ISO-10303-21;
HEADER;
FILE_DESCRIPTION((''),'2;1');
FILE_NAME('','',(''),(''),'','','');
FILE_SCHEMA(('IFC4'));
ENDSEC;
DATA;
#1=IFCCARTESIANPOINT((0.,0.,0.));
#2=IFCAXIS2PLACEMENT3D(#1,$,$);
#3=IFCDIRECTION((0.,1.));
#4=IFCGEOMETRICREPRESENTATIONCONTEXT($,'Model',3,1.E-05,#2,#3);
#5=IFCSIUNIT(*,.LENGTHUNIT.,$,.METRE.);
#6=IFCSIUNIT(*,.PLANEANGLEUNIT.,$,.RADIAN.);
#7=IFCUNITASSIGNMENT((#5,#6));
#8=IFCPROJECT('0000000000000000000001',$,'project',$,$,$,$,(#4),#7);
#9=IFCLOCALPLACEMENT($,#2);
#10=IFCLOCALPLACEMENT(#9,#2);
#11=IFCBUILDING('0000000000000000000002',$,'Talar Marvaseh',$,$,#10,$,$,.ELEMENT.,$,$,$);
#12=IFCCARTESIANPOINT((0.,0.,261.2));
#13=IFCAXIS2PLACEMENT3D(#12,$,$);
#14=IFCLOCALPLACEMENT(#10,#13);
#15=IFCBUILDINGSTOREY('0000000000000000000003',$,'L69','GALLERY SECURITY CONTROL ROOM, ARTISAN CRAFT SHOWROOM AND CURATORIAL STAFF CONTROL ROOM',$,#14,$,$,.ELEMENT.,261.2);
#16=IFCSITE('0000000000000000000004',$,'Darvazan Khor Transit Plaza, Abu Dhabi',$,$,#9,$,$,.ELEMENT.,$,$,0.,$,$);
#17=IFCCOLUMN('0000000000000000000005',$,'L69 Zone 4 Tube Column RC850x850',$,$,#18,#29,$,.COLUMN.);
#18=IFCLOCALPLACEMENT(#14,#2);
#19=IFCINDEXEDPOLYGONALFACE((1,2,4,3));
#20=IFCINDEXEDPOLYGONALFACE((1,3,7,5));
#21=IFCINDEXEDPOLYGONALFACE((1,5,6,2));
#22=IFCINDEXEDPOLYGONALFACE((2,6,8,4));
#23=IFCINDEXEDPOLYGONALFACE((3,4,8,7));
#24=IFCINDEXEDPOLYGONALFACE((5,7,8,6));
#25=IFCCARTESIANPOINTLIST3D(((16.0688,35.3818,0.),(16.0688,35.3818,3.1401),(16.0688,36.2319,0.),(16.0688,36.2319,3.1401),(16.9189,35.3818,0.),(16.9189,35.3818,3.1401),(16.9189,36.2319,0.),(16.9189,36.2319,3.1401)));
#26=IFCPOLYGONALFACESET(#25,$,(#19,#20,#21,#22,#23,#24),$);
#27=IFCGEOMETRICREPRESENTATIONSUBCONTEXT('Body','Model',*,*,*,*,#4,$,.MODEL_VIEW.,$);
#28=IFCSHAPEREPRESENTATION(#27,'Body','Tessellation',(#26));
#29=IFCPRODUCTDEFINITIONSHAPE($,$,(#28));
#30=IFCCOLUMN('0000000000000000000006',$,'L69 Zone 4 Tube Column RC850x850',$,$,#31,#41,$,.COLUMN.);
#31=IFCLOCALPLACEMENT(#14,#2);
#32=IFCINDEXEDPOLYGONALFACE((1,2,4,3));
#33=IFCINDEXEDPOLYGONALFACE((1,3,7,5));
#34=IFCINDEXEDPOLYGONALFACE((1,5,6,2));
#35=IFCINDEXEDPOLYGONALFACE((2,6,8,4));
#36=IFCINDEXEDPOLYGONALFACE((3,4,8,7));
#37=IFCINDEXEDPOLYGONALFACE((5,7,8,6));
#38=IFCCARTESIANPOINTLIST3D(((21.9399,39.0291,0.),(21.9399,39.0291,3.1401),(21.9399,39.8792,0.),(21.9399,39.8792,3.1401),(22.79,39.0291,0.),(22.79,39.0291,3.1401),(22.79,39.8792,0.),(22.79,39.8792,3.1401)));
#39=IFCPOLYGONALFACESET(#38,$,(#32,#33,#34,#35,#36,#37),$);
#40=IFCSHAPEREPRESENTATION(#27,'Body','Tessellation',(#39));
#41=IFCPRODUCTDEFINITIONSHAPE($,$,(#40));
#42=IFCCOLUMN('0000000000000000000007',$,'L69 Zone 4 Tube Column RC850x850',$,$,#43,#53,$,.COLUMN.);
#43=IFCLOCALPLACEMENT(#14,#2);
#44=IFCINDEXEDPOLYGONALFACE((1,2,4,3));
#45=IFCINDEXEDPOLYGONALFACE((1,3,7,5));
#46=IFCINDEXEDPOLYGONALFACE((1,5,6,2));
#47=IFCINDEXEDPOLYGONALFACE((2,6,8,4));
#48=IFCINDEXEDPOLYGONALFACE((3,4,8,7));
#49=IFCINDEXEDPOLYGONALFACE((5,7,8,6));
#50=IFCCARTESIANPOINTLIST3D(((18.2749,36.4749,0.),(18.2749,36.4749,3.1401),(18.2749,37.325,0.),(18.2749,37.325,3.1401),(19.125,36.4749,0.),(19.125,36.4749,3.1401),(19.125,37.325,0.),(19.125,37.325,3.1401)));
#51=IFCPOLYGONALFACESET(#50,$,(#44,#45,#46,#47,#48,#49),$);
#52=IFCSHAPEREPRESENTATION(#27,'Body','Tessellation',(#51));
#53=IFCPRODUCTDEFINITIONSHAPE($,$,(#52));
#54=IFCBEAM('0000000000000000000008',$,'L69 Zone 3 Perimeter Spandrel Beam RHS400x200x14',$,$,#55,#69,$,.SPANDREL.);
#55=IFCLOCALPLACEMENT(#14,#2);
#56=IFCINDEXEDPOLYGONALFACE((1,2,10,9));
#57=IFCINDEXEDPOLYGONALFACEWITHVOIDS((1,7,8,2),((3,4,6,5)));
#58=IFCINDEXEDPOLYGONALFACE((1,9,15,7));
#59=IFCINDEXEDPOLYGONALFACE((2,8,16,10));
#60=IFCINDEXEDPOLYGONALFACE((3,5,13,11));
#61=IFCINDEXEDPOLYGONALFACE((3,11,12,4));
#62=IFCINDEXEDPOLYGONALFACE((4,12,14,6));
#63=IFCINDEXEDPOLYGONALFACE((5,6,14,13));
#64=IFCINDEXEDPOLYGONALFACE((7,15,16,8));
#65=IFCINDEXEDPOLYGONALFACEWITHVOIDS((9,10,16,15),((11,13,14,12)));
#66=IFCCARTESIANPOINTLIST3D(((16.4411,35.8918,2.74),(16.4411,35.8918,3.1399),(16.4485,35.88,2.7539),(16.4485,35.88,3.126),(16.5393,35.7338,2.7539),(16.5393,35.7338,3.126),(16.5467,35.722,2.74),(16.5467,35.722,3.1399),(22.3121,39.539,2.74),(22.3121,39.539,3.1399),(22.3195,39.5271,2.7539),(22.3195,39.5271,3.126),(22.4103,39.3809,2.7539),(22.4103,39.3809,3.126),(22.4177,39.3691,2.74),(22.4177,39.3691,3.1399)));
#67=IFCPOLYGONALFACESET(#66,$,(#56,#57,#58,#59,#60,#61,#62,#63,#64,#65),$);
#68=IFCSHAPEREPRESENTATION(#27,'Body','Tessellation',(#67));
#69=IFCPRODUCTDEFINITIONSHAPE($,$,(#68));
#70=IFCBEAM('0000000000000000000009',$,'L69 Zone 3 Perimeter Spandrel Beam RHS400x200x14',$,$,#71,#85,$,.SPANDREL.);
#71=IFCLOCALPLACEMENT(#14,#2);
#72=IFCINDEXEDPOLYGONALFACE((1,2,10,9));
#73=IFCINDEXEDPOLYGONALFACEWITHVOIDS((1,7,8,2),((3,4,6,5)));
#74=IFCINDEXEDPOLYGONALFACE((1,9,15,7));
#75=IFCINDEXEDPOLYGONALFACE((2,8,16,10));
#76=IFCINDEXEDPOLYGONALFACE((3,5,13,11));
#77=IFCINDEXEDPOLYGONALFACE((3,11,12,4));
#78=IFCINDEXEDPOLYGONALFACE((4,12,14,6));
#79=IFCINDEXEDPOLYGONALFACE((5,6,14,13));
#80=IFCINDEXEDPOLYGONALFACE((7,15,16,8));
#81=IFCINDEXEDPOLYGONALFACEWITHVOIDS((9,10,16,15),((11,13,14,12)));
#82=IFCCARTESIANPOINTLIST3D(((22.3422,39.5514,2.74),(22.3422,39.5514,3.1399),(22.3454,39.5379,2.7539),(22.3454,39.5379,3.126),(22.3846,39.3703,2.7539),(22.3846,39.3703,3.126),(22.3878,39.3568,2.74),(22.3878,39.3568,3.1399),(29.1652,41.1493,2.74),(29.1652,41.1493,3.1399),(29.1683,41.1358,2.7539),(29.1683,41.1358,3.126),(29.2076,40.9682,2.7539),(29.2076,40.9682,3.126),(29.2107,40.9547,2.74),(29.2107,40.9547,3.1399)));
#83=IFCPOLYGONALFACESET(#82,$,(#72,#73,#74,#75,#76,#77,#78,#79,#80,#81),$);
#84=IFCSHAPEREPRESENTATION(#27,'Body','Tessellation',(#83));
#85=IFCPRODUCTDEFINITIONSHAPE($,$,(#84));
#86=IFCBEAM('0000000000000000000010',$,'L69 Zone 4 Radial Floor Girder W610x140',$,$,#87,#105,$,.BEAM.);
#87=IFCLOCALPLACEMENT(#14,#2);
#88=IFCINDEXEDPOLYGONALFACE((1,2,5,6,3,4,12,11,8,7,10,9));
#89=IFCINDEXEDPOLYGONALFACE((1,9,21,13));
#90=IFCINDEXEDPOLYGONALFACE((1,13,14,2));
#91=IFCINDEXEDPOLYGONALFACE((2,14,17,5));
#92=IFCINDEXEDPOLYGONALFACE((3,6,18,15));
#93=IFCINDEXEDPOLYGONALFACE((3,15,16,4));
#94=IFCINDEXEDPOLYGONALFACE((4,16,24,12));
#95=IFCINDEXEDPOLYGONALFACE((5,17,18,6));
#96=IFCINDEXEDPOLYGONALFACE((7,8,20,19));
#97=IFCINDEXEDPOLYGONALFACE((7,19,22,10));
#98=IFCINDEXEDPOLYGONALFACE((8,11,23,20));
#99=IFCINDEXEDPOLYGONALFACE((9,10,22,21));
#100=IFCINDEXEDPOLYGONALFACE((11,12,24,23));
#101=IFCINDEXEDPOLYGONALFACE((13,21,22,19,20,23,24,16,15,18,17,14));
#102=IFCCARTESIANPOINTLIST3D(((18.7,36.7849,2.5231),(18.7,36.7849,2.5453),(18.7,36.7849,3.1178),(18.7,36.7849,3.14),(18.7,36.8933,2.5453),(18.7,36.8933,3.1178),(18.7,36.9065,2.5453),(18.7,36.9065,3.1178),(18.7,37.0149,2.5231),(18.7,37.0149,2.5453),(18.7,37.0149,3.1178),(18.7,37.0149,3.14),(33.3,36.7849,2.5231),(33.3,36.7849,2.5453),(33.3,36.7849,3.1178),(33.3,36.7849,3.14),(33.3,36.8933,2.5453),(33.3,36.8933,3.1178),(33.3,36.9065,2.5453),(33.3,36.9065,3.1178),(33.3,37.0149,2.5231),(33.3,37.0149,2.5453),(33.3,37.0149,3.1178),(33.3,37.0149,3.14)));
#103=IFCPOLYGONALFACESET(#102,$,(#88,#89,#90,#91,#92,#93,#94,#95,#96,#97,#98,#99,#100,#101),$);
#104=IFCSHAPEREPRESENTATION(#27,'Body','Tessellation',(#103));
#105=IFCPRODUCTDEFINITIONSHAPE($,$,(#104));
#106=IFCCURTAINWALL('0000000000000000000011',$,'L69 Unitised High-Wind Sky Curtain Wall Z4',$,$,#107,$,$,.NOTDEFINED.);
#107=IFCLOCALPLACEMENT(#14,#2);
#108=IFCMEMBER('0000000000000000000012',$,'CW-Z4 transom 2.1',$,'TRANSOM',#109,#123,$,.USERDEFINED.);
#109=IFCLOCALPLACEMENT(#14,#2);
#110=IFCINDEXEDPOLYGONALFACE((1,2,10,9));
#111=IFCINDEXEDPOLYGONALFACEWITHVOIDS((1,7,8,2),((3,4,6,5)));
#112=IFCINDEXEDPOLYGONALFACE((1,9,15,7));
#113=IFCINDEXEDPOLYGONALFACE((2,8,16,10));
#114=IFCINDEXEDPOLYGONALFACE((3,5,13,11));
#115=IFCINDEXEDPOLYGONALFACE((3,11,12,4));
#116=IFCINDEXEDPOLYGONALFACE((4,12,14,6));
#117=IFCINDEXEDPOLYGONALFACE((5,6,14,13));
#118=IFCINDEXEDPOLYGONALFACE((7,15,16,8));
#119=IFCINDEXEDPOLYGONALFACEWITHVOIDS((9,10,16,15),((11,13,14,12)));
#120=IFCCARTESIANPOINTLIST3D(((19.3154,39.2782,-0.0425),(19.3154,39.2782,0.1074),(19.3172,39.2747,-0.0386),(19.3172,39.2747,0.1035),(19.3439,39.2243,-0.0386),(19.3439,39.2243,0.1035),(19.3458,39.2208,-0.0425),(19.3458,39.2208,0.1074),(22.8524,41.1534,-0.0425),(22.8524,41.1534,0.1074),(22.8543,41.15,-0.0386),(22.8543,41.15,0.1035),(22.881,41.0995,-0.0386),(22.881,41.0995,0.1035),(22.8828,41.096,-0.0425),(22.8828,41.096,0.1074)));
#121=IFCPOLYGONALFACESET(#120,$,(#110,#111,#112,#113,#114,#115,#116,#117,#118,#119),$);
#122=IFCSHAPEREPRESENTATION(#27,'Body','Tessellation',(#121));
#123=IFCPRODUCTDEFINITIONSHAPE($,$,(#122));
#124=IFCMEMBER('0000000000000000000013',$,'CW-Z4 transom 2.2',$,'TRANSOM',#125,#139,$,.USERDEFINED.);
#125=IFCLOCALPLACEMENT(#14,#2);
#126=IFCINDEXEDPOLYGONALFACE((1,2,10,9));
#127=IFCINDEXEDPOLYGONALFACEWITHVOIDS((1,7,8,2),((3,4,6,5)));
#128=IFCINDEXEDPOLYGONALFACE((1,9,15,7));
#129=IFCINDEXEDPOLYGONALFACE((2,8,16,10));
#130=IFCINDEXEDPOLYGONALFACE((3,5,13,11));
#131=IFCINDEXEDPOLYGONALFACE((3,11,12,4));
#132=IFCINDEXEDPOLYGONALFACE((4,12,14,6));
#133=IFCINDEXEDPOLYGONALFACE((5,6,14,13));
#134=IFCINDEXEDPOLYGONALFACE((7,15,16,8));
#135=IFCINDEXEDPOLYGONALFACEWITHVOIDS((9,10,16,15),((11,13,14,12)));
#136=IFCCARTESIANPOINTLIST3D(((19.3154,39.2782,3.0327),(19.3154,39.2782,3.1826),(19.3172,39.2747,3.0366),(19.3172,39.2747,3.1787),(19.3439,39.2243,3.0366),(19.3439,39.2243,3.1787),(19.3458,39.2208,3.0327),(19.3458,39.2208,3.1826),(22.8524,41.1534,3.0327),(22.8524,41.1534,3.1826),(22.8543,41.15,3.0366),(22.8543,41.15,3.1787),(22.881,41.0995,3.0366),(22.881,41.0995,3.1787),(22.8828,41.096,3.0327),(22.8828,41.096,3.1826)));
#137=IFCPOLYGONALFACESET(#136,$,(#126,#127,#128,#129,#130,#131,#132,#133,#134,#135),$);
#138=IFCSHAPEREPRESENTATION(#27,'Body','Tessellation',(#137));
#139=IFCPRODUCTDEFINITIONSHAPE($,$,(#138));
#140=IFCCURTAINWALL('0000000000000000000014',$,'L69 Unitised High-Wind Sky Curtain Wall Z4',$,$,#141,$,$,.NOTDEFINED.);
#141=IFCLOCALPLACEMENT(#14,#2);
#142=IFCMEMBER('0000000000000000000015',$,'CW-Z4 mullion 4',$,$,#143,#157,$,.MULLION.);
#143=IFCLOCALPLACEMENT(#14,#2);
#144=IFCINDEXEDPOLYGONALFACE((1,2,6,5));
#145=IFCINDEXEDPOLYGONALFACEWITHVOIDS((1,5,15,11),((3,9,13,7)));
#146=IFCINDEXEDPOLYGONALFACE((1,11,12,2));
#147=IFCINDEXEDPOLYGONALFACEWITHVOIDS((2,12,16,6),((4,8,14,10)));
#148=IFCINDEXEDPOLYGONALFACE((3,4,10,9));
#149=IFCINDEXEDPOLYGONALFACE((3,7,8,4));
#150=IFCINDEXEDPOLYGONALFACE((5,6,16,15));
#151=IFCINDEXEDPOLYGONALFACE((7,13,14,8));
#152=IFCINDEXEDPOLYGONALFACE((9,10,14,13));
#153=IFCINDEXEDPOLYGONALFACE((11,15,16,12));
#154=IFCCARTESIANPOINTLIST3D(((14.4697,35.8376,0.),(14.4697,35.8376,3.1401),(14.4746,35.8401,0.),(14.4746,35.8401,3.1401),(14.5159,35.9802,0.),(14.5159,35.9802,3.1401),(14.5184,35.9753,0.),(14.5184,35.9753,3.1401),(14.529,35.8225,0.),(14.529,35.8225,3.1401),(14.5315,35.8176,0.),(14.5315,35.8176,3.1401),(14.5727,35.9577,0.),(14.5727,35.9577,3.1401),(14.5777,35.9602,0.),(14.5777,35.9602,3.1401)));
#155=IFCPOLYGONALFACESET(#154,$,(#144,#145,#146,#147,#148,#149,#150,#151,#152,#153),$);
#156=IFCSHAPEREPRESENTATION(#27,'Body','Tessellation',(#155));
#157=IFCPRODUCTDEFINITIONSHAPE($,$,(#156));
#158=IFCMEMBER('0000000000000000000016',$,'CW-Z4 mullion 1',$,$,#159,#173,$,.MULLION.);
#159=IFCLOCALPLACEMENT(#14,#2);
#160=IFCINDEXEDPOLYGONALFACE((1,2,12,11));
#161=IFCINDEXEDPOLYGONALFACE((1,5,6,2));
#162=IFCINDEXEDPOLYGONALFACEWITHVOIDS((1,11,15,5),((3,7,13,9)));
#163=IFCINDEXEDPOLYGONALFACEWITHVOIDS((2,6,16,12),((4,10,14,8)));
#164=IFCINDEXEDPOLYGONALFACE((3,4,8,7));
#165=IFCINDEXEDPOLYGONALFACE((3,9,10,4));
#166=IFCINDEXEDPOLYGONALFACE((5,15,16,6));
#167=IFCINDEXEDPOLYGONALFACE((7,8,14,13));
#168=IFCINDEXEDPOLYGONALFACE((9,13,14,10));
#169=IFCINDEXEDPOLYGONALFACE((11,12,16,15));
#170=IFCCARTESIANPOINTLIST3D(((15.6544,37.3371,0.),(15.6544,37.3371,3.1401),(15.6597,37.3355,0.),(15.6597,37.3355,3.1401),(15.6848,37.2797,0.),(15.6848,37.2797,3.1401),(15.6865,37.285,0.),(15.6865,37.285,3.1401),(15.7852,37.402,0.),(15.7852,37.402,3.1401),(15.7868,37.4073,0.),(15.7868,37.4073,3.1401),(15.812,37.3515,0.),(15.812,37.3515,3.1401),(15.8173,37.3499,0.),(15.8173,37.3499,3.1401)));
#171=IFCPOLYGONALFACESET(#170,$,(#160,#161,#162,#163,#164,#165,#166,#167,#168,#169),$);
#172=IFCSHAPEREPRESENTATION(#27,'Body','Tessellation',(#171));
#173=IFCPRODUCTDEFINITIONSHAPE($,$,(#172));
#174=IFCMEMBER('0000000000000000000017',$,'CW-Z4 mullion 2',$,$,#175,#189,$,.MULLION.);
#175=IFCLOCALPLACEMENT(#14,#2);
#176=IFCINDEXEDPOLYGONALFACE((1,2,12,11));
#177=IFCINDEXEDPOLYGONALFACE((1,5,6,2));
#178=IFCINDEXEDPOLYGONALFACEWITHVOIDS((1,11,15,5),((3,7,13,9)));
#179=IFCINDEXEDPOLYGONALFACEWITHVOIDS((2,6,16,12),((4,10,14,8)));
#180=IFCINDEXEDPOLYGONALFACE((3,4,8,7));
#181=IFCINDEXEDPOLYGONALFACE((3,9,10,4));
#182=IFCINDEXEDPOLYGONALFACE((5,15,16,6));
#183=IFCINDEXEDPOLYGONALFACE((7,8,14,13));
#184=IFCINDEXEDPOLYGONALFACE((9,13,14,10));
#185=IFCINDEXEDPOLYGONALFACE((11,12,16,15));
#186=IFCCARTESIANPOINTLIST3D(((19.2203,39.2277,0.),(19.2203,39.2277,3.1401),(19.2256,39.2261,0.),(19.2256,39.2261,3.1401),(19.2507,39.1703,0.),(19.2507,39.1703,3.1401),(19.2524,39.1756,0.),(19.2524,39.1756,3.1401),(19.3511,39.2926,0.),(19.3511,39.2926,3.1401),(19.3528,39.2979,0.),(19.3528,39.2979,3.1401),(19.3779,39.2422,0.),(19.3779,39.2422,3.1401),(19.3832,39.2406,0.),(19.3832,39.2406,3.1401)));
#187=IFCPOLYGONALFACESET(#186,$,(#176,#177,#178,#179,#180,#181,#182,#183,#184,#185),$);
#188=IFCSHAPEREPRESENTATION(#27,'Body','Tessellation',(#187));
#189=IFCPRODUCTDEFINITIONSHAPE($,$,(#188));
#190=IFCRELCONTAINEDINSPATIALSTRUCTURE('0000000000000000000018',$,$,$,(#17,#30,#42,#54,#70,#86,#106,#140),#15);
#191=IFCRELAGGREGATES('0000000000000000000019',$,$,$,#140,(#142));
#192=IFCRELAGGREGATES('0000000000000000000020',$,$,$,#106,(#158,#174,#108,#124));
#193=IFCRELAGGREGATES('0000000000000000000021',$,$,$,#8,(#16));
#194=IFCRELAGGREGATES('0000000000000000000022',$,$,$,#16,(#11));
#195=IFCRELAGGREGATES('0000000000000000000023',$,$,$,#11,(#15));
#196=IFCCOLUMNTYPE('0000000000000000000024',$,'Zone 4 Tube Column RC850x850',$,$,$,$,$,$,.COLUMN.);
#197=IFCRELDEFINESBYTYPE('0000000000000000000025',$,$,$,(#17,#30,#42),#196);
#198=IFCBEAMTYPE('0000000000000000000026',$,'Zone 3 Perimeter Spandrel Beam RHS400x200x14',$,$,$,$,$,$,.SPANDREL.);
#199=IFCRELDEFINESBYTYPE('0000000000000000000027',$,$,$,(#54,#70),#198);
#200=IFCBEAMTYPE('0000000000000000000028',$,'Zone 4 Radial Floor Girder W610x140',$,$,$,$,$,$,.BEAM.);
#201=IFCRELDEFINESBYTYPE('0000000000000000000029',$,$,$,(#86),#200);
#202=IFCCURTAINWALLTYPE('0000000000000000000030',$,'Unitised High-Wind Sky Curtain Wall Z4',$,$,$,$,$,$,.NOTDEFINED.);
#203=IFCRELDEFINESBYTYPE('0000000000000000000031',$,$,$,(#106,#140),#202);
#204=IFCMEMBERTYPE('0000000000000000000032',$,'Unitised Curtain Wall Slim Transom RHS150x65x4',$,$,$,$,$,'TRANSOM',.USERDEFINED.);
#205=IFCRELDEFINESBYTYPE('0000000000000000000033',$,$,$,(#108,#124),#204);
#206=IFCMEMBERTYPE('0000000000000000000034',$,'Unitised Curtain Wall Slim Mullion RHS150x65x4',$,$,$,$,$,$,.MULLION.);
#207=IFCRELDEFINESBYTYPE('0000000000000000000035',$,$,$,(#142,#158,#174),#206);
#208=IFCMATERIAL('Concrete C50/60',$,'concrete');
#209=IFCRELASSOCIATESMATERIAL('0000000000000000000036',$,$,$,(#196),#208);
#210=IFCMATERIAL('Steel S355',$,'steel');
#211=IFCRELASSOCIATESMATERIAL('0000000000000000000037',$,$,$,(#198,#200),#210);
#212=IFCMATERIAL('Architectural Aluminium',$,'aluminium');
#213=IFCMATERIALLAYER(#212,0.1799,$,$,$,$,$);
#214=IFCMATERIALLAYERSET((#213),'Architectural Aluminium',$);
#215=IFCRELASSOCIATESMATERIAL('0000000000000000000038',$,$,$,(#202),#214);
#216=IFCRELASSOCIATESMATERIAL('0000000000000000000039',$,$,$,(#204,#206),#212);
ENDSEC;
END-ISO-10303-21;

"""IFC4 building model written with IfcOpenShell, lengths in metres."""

from ifc_helpers import new_model, si_unit, direction, frame, origin, origin_2d, place, context, subcontext, project, spatial, rectangle, hollow_rectangle, i_section, extrude, source, transform, mapped, material, layer, layer_set, material_profile, profile_set, type_object, type_shapes, element, aggregate, save


model = new_model("IFC4")

# Units and contexts
model_context = context("Model", 3, precision=1e-05, world=origin(), true_north=direction((0.0, 1.0)))
body_context = subcontext(model_context, "Body", "Model", "MODEL_VIEW")
ifc_project = project(units=[si_unit("LENGTHUNIT", "METRE"), si_unit("PLANEANGLEUNIT", "RADIAN")], contexts=[model_context])

# Site, building, storey
site_placement = place(None, origin())
site = spatial("IfcSite", under=ifc_project, at=site_placement, Name="Darvazan Khor Transit Plaza, Abu Dhabi", CompositionType="ELEMENT", RefElevation=0.0)
building_placement = place(site_placement, origin())
building = spatial("IfcBuilding", under=site, at=building_placement, Name="Talar Marvaseh", CompositionType="ELEMENT")
storey_placement = place(building_placement, frame((0.0, 0.0, 261.2)))
storey = spatial("IfcBuildingStorey", under=building, at=storey_placement, Name="L69", Description="GALLERY SECURITY CONTROL ROOM, ARTISAN CRAFT SHOWROOM AND CURATORIAL STAFF CONTROL ROOM", CompositionType="ELEMENT", Elevation=261.2)

# Columns
ifc_material_1 = material(Name="Concrete C50/60", Category="concrete")
ifc_material_profile_1 = material_profile(ifc_material_1, rectangle(XDim=0.8501, YDim=0.8501, at=origin_2d()), Name="RC850x850")
ifc_profile_set_1 = profile_set([ifc_material_profile_1], Name="Concrete C50/60")
column_type = type_object("IfcColumnType", Name="Zone 4 Tube Column RC850x850", PredefinedType="COLUMN", material=ifc_profile_set_1)
for number, where, z_axis, x_axis, name in (
    (1, (16.4939, 35.8069, 0.0), (0.0, 0.0, 1.0), (1.0, 0.0, 0.0), "L69 Zone 4 Tube Column RC850x850"),
    (2, (22.365, 39.4541, 0.0), (0.0, 0.0, 1.0), (1.0, 0.0, 0.0), "L69 Zone 4 Tube Column RC850x850"),
    (3, (18.7, 36.8999, 0.0), (0.0, 0.0, 1.0), (1.0, 0.0, 0.0), "L69 Zone 4 Tube Column RC850x850"),
):
    element("IfcColumn", number, at=place(storey_placement, frame(where, z_axis=z_axis, x_axis=x_axis)), inside=storey, type_object=column_type, Name=name, PredefinedType="COLUMN", context=body_context, shape_type="SweptSolid", body=[
        extrude(rectangle(XDim=0.8501, YDim=0.8501, at=origin_2d()), origin(), (0.0, 0.0, 1.0), 3.1401),
    ])

# Beams
ifc_material_2 = material(Name="Steel S355", Category="steel")
ifc_material_profile_2 = material_profile(ifc_material_2, hollow_rectangle(XDim=0.2, YDim=0.3999, WallThickness=0.0139, at=origin_2d()), Name="RHS400x200x14")
ifc_profile_set_2 = profile_set([ifc_material_profile_2], Name="Steel S355")
beam_type_1 = type_object("IfcBeamType", Name="Zone 3 Perimeter Spandrel Beam RHS400x200x14", PredefinedType="SPANDREL", material=ifc_profile_set_2)
beam_1_placement = place(storey_placement, frame((16.4939, 35.8069, 2.9399), z_axis=(0.84944, 0.527686, 0.0), x_axis=(-0.527686, 0.84944, 0.0)))
element("IfcBeam", 4, at=beam_1_placement, inside=storey, type_object=beam_type_1, Name="L69 Zone 3 Perimeter Spandrel Beam RHS400x200x14", PredefinedType="SPANDREL", context=body_context, shape_type="SweptSolid", body=[
    extrude(hollow_rectangle(XDim=0.2, YDim=0.3999, WallThickness=0.0139, at=origin_2d()), origin(), (0.0, 0.0, 1.0), 6.9116),
])
beam_2_placement = place(storey_placement, frame((22.365, 39.4541, 2.9399), z_axis=(0.973656, 0.228024, 0.0), x_axis=(-0.228024, 0.973656, 0.0)))
element("IfcBeam", 5, at=beam_2_placement, inside=storey, type_object=beam_type_1, Name="L69 Zone 3 Perimeter Spandrel Beam RHS400x200x14", PredefinedType="SPANDREL", context=body_context, shape_type="SweptSolid", body=[
    extrude(hollow_rectangle(XDim=0.2, YDim=0.3999, WallThickness=0.0139, at=origin_2d()), origin(), (0.0, 0.0, 1.0), 7.0076),
])
ifc_material_profile_3 = material_profile(ifc_material_2, i_section(OverallWidth=0.23, OverallDepth=0.6169, WebThickness=0.0132, FlangeThickness=0.0222, at=origin_2d()), Name="W610x140")
ifc_profile_set_3 = profile_set([ifc_material_profile_3], Name="Steel S355")
beam_type_2 = type_object("IfcBeamType", Name="Zone 4 Radial Floor Girder W610x140", PredefinedType="BEAM", material=ifc_profile_set_3)
beam_3_placement = place(storey_placement, frame((18.7, 36.8999, 2.8315), z_axis=(1.0, 0.0, 0.0), x_axis=(0.0, 1.0, 0.0)))
element("IfcBeam", 6, at=beam_3_placement, inside=storey, type_object=beam_type_2, Name="L69 Zone 4 Radial Floor Girder W610x140", PredefinedType="BEAM", context=body_context, shape_type="SweptSolid", body=[
    extrude(i_section(OverallWidth=0.23, OverallDepth=0.6169, WebThickness=0.0132, FlangeThickness=0.0222, at=origin_2d()), origin(), (0.0, 0.0, 1.0), 14.6001),
])

# Curtain wall, members
ifc_material_3 = material(Name="Architectural Aluminium", Category="aluminium")
ifc_layer_1 = layer(ifc_material_3, 0.1799)
ifc_layer_set_1 = layer_set([ifc_layer_1], Name="Architectural Aluminium")
curtain_wall_type = type_object("IfcCurtainWallType", Name="Unitised High-Wind Sky Curtain Wall Z4", PredefinedType="NOTDEFINED", material=ifc_layer_set_1)
curtain_wall_1_placement = place(storey_placement, origin())
curtain_wall_1 = element("IfcCurtainWall", 7, at=curtain_wall_1_placement, inside=storey, type_object=curtain_wall_type, Name="L69 Unitised High-Wind Sky Curtain Wall Z4", PredefinedType="NOTDEFINED")
ifc_material_profile_4 = material_profile(ifc_material_3, hollow_rectangle(XDim=0.0649, YDim=0.1499, WallThickness=0.0039, at=origin_2d()), Name="RHS150x65x4")
ifc_profile_set_4 = profile_set([ifc_material_profile_4], Name="Architectural Aluminium")
member_type_1 = type_object("IfcMemberType", Name="Unitised Curtain Wall Slim Transom RHS150x65x4", ElementType="TRANSOM", PredefinedType="USERDEFINED", material=ifc_profile_set_4)
shared_shape_1 = source(origin(), body_context, "Body", "SweptSolid", [
    extrude(hollow_rectangle(XDim=0.0649, YDim=0.1499, WallThickness=0.0039, at=origin_2d()), origin(), (0.0, 0.0, 1.0), 4.0034),
])
member_1_placement = place(storey_placement, frame((19.3306, 39.2495, 0.0325), z_axis=(0.883513, 0.468406, 0.0), x_axis=(-0.468406, 0.883513, 0.0)))
member_1 = element("IfcMember", 8, at=member_1_placement, type_object=member_type_1, Name="CW-Z4 transom 2.1", ObjectType="TRANSOM", PredefinedType="USERDEFINED", context=body_context, shape_type="MappedRepresentation", body=[
    mapped(shared_shape_1, transform((0.0, 0.0, 0.0), x_axis=(1.0, 0.0, 0.0), y_axis=(0.0, 1.0, 0.0), z_axis=(0.0, 0.0, 1.0), scale=1.0)),
])
member_2_placement = place(storey_placement, frame((19.3306, 39.2495, 3.1077), z_axis=(0.883513, 0.468406, 0.0), x_axis=(-0.468406, 0.883513, 0.0)))
member_2 = element("IfcMember", 9, at=member_2_placement, type_object=member_type_1, Name="CW-Z4 transom 2.2", ObjectType="TRANSOM", PredefinedType="USERDEFINED", context=body_context, shape_type="MappedRepresentation", body=[
    mapped(shared_shape_1, transform((0.0, 0.0, 0.0), x_axis=(1.0, 0.0, 0.0), y_axis=(0.0, 1.0, 0.0), z_axis=(0.0, 0.0, 1.0), scale=1.0)),
])

# Curtain wall, member
curtain_wall_2_placement = place(storey_placement, origin())
curtain_wall_2 = element("IfcCurtainWall", 10, at=curtain_wall_2_placement, inside=storey, type_object=curtain_wall_type, Name="L69 Unitised High-Wind Sky Curtain Wall Z4", PredefinedType="NOTDEFINED")
ifc_material_profile_5 = material_profile(ifc_material_3, hollow_rectangle(XDim=0.0649, YDim=0.1499, WallThickness=0.0039, at=origin_2d()), Name="RHS150x65x4")
ifc_profile_set_5 = profile_set([ifc_material_profile_5], Name="Architectural Aluminium")
member_type_2 = type_object("IfcMemberType", Name="Unitised Curtain Wall Slim Mullion RHS150x65x4", PredefinedType="MULLION", material=ifc_profile_set_5)
shared_shape_2 = source(origin(), body_context, "Body", "SweptSolid", [
    extrude(hollow_rectangle(XDim=0.0649, YDim=0.1499, WallThickness=0.0039, at=origin_2d()), origin(), (0.0, 0.0, 1.0), 3.1401),
])
type_shapes(member_type_2, [shared_shape_2])
member_3_placement = place(storey_placement, frame((14.5237, 35.8989, 0.0), z_axis=(0.0, 0.0, 1.0), x_axis=(-0.951422, 0.307889, 0.0)))
member_3 = element("IfcMember", 11, at=member_3_placement, type_object=member_type_2, Name="CW-Z4 mullion 4", PredefinedType="MULLION", context=body_context, shape_type="MappedRepresentation", body=[
    mapped(shared_shape_2, transform((0.0, 0.0, 0.0), x_axis=(1.0, 0.0, 0.0), y_axis=(0.0, 1.0, 0.0), z_axis=(0.0, 0.0, 1.0), scale=1.0)),
])
aggregate(curtain_wall_2, [member_3])

# Members
member_4_placement = place(storey_placement, frame((15.7358, 37.3435, 0.0), z_axis=(0.0, 0.0, 1.0), x_axis=(-0.46842, 0.883506, 0.0)))
member_4 = element("IfcMember", 12, at=member_4_placement, type_object=member_type_2, Name="CW-Z4 mullion 1", PredefinedType="MULLION", context=body_context, shape_type="MappedRepresentation", body=[
    mapped(shared_shape_2, transform((0.0, 0.0, 0.0), x_axis=(1.0, 0.0, 0.0), y_axis=(0.0, 1.0, 0.0), z_axis=(0.0, 0.0, 1.0), scale=1.0)),
])
member_5_placement = place(storey_placement, frame((19.3018, 39.2341, 0.0), z_axis=(0.0, 0.0, 1.0), x_axis=(-0.46842, 0.883506, 0.0)))
member_5 = element("IfcMember", 13, at=member_5_placement, type_object=member_type_2, Name="CW-Z4 mullion 2", PredefinedType="MULLION", context=body_context, shape_type="MappedRepresentation", body=[
    mapped(shared_shape_2, transform((0.0, 0.0, 0.0), x_axis=(1.0, 0.0, 0.0), y_axis=(0.0, 1.0, 0.0), z_axis=(0.0, 0.0, 1.0), scale=1.0)),
])

aggregate(curtain_wall_1, [member_4, member_5, member_1, member_2])

save(model, "model.ifc")
